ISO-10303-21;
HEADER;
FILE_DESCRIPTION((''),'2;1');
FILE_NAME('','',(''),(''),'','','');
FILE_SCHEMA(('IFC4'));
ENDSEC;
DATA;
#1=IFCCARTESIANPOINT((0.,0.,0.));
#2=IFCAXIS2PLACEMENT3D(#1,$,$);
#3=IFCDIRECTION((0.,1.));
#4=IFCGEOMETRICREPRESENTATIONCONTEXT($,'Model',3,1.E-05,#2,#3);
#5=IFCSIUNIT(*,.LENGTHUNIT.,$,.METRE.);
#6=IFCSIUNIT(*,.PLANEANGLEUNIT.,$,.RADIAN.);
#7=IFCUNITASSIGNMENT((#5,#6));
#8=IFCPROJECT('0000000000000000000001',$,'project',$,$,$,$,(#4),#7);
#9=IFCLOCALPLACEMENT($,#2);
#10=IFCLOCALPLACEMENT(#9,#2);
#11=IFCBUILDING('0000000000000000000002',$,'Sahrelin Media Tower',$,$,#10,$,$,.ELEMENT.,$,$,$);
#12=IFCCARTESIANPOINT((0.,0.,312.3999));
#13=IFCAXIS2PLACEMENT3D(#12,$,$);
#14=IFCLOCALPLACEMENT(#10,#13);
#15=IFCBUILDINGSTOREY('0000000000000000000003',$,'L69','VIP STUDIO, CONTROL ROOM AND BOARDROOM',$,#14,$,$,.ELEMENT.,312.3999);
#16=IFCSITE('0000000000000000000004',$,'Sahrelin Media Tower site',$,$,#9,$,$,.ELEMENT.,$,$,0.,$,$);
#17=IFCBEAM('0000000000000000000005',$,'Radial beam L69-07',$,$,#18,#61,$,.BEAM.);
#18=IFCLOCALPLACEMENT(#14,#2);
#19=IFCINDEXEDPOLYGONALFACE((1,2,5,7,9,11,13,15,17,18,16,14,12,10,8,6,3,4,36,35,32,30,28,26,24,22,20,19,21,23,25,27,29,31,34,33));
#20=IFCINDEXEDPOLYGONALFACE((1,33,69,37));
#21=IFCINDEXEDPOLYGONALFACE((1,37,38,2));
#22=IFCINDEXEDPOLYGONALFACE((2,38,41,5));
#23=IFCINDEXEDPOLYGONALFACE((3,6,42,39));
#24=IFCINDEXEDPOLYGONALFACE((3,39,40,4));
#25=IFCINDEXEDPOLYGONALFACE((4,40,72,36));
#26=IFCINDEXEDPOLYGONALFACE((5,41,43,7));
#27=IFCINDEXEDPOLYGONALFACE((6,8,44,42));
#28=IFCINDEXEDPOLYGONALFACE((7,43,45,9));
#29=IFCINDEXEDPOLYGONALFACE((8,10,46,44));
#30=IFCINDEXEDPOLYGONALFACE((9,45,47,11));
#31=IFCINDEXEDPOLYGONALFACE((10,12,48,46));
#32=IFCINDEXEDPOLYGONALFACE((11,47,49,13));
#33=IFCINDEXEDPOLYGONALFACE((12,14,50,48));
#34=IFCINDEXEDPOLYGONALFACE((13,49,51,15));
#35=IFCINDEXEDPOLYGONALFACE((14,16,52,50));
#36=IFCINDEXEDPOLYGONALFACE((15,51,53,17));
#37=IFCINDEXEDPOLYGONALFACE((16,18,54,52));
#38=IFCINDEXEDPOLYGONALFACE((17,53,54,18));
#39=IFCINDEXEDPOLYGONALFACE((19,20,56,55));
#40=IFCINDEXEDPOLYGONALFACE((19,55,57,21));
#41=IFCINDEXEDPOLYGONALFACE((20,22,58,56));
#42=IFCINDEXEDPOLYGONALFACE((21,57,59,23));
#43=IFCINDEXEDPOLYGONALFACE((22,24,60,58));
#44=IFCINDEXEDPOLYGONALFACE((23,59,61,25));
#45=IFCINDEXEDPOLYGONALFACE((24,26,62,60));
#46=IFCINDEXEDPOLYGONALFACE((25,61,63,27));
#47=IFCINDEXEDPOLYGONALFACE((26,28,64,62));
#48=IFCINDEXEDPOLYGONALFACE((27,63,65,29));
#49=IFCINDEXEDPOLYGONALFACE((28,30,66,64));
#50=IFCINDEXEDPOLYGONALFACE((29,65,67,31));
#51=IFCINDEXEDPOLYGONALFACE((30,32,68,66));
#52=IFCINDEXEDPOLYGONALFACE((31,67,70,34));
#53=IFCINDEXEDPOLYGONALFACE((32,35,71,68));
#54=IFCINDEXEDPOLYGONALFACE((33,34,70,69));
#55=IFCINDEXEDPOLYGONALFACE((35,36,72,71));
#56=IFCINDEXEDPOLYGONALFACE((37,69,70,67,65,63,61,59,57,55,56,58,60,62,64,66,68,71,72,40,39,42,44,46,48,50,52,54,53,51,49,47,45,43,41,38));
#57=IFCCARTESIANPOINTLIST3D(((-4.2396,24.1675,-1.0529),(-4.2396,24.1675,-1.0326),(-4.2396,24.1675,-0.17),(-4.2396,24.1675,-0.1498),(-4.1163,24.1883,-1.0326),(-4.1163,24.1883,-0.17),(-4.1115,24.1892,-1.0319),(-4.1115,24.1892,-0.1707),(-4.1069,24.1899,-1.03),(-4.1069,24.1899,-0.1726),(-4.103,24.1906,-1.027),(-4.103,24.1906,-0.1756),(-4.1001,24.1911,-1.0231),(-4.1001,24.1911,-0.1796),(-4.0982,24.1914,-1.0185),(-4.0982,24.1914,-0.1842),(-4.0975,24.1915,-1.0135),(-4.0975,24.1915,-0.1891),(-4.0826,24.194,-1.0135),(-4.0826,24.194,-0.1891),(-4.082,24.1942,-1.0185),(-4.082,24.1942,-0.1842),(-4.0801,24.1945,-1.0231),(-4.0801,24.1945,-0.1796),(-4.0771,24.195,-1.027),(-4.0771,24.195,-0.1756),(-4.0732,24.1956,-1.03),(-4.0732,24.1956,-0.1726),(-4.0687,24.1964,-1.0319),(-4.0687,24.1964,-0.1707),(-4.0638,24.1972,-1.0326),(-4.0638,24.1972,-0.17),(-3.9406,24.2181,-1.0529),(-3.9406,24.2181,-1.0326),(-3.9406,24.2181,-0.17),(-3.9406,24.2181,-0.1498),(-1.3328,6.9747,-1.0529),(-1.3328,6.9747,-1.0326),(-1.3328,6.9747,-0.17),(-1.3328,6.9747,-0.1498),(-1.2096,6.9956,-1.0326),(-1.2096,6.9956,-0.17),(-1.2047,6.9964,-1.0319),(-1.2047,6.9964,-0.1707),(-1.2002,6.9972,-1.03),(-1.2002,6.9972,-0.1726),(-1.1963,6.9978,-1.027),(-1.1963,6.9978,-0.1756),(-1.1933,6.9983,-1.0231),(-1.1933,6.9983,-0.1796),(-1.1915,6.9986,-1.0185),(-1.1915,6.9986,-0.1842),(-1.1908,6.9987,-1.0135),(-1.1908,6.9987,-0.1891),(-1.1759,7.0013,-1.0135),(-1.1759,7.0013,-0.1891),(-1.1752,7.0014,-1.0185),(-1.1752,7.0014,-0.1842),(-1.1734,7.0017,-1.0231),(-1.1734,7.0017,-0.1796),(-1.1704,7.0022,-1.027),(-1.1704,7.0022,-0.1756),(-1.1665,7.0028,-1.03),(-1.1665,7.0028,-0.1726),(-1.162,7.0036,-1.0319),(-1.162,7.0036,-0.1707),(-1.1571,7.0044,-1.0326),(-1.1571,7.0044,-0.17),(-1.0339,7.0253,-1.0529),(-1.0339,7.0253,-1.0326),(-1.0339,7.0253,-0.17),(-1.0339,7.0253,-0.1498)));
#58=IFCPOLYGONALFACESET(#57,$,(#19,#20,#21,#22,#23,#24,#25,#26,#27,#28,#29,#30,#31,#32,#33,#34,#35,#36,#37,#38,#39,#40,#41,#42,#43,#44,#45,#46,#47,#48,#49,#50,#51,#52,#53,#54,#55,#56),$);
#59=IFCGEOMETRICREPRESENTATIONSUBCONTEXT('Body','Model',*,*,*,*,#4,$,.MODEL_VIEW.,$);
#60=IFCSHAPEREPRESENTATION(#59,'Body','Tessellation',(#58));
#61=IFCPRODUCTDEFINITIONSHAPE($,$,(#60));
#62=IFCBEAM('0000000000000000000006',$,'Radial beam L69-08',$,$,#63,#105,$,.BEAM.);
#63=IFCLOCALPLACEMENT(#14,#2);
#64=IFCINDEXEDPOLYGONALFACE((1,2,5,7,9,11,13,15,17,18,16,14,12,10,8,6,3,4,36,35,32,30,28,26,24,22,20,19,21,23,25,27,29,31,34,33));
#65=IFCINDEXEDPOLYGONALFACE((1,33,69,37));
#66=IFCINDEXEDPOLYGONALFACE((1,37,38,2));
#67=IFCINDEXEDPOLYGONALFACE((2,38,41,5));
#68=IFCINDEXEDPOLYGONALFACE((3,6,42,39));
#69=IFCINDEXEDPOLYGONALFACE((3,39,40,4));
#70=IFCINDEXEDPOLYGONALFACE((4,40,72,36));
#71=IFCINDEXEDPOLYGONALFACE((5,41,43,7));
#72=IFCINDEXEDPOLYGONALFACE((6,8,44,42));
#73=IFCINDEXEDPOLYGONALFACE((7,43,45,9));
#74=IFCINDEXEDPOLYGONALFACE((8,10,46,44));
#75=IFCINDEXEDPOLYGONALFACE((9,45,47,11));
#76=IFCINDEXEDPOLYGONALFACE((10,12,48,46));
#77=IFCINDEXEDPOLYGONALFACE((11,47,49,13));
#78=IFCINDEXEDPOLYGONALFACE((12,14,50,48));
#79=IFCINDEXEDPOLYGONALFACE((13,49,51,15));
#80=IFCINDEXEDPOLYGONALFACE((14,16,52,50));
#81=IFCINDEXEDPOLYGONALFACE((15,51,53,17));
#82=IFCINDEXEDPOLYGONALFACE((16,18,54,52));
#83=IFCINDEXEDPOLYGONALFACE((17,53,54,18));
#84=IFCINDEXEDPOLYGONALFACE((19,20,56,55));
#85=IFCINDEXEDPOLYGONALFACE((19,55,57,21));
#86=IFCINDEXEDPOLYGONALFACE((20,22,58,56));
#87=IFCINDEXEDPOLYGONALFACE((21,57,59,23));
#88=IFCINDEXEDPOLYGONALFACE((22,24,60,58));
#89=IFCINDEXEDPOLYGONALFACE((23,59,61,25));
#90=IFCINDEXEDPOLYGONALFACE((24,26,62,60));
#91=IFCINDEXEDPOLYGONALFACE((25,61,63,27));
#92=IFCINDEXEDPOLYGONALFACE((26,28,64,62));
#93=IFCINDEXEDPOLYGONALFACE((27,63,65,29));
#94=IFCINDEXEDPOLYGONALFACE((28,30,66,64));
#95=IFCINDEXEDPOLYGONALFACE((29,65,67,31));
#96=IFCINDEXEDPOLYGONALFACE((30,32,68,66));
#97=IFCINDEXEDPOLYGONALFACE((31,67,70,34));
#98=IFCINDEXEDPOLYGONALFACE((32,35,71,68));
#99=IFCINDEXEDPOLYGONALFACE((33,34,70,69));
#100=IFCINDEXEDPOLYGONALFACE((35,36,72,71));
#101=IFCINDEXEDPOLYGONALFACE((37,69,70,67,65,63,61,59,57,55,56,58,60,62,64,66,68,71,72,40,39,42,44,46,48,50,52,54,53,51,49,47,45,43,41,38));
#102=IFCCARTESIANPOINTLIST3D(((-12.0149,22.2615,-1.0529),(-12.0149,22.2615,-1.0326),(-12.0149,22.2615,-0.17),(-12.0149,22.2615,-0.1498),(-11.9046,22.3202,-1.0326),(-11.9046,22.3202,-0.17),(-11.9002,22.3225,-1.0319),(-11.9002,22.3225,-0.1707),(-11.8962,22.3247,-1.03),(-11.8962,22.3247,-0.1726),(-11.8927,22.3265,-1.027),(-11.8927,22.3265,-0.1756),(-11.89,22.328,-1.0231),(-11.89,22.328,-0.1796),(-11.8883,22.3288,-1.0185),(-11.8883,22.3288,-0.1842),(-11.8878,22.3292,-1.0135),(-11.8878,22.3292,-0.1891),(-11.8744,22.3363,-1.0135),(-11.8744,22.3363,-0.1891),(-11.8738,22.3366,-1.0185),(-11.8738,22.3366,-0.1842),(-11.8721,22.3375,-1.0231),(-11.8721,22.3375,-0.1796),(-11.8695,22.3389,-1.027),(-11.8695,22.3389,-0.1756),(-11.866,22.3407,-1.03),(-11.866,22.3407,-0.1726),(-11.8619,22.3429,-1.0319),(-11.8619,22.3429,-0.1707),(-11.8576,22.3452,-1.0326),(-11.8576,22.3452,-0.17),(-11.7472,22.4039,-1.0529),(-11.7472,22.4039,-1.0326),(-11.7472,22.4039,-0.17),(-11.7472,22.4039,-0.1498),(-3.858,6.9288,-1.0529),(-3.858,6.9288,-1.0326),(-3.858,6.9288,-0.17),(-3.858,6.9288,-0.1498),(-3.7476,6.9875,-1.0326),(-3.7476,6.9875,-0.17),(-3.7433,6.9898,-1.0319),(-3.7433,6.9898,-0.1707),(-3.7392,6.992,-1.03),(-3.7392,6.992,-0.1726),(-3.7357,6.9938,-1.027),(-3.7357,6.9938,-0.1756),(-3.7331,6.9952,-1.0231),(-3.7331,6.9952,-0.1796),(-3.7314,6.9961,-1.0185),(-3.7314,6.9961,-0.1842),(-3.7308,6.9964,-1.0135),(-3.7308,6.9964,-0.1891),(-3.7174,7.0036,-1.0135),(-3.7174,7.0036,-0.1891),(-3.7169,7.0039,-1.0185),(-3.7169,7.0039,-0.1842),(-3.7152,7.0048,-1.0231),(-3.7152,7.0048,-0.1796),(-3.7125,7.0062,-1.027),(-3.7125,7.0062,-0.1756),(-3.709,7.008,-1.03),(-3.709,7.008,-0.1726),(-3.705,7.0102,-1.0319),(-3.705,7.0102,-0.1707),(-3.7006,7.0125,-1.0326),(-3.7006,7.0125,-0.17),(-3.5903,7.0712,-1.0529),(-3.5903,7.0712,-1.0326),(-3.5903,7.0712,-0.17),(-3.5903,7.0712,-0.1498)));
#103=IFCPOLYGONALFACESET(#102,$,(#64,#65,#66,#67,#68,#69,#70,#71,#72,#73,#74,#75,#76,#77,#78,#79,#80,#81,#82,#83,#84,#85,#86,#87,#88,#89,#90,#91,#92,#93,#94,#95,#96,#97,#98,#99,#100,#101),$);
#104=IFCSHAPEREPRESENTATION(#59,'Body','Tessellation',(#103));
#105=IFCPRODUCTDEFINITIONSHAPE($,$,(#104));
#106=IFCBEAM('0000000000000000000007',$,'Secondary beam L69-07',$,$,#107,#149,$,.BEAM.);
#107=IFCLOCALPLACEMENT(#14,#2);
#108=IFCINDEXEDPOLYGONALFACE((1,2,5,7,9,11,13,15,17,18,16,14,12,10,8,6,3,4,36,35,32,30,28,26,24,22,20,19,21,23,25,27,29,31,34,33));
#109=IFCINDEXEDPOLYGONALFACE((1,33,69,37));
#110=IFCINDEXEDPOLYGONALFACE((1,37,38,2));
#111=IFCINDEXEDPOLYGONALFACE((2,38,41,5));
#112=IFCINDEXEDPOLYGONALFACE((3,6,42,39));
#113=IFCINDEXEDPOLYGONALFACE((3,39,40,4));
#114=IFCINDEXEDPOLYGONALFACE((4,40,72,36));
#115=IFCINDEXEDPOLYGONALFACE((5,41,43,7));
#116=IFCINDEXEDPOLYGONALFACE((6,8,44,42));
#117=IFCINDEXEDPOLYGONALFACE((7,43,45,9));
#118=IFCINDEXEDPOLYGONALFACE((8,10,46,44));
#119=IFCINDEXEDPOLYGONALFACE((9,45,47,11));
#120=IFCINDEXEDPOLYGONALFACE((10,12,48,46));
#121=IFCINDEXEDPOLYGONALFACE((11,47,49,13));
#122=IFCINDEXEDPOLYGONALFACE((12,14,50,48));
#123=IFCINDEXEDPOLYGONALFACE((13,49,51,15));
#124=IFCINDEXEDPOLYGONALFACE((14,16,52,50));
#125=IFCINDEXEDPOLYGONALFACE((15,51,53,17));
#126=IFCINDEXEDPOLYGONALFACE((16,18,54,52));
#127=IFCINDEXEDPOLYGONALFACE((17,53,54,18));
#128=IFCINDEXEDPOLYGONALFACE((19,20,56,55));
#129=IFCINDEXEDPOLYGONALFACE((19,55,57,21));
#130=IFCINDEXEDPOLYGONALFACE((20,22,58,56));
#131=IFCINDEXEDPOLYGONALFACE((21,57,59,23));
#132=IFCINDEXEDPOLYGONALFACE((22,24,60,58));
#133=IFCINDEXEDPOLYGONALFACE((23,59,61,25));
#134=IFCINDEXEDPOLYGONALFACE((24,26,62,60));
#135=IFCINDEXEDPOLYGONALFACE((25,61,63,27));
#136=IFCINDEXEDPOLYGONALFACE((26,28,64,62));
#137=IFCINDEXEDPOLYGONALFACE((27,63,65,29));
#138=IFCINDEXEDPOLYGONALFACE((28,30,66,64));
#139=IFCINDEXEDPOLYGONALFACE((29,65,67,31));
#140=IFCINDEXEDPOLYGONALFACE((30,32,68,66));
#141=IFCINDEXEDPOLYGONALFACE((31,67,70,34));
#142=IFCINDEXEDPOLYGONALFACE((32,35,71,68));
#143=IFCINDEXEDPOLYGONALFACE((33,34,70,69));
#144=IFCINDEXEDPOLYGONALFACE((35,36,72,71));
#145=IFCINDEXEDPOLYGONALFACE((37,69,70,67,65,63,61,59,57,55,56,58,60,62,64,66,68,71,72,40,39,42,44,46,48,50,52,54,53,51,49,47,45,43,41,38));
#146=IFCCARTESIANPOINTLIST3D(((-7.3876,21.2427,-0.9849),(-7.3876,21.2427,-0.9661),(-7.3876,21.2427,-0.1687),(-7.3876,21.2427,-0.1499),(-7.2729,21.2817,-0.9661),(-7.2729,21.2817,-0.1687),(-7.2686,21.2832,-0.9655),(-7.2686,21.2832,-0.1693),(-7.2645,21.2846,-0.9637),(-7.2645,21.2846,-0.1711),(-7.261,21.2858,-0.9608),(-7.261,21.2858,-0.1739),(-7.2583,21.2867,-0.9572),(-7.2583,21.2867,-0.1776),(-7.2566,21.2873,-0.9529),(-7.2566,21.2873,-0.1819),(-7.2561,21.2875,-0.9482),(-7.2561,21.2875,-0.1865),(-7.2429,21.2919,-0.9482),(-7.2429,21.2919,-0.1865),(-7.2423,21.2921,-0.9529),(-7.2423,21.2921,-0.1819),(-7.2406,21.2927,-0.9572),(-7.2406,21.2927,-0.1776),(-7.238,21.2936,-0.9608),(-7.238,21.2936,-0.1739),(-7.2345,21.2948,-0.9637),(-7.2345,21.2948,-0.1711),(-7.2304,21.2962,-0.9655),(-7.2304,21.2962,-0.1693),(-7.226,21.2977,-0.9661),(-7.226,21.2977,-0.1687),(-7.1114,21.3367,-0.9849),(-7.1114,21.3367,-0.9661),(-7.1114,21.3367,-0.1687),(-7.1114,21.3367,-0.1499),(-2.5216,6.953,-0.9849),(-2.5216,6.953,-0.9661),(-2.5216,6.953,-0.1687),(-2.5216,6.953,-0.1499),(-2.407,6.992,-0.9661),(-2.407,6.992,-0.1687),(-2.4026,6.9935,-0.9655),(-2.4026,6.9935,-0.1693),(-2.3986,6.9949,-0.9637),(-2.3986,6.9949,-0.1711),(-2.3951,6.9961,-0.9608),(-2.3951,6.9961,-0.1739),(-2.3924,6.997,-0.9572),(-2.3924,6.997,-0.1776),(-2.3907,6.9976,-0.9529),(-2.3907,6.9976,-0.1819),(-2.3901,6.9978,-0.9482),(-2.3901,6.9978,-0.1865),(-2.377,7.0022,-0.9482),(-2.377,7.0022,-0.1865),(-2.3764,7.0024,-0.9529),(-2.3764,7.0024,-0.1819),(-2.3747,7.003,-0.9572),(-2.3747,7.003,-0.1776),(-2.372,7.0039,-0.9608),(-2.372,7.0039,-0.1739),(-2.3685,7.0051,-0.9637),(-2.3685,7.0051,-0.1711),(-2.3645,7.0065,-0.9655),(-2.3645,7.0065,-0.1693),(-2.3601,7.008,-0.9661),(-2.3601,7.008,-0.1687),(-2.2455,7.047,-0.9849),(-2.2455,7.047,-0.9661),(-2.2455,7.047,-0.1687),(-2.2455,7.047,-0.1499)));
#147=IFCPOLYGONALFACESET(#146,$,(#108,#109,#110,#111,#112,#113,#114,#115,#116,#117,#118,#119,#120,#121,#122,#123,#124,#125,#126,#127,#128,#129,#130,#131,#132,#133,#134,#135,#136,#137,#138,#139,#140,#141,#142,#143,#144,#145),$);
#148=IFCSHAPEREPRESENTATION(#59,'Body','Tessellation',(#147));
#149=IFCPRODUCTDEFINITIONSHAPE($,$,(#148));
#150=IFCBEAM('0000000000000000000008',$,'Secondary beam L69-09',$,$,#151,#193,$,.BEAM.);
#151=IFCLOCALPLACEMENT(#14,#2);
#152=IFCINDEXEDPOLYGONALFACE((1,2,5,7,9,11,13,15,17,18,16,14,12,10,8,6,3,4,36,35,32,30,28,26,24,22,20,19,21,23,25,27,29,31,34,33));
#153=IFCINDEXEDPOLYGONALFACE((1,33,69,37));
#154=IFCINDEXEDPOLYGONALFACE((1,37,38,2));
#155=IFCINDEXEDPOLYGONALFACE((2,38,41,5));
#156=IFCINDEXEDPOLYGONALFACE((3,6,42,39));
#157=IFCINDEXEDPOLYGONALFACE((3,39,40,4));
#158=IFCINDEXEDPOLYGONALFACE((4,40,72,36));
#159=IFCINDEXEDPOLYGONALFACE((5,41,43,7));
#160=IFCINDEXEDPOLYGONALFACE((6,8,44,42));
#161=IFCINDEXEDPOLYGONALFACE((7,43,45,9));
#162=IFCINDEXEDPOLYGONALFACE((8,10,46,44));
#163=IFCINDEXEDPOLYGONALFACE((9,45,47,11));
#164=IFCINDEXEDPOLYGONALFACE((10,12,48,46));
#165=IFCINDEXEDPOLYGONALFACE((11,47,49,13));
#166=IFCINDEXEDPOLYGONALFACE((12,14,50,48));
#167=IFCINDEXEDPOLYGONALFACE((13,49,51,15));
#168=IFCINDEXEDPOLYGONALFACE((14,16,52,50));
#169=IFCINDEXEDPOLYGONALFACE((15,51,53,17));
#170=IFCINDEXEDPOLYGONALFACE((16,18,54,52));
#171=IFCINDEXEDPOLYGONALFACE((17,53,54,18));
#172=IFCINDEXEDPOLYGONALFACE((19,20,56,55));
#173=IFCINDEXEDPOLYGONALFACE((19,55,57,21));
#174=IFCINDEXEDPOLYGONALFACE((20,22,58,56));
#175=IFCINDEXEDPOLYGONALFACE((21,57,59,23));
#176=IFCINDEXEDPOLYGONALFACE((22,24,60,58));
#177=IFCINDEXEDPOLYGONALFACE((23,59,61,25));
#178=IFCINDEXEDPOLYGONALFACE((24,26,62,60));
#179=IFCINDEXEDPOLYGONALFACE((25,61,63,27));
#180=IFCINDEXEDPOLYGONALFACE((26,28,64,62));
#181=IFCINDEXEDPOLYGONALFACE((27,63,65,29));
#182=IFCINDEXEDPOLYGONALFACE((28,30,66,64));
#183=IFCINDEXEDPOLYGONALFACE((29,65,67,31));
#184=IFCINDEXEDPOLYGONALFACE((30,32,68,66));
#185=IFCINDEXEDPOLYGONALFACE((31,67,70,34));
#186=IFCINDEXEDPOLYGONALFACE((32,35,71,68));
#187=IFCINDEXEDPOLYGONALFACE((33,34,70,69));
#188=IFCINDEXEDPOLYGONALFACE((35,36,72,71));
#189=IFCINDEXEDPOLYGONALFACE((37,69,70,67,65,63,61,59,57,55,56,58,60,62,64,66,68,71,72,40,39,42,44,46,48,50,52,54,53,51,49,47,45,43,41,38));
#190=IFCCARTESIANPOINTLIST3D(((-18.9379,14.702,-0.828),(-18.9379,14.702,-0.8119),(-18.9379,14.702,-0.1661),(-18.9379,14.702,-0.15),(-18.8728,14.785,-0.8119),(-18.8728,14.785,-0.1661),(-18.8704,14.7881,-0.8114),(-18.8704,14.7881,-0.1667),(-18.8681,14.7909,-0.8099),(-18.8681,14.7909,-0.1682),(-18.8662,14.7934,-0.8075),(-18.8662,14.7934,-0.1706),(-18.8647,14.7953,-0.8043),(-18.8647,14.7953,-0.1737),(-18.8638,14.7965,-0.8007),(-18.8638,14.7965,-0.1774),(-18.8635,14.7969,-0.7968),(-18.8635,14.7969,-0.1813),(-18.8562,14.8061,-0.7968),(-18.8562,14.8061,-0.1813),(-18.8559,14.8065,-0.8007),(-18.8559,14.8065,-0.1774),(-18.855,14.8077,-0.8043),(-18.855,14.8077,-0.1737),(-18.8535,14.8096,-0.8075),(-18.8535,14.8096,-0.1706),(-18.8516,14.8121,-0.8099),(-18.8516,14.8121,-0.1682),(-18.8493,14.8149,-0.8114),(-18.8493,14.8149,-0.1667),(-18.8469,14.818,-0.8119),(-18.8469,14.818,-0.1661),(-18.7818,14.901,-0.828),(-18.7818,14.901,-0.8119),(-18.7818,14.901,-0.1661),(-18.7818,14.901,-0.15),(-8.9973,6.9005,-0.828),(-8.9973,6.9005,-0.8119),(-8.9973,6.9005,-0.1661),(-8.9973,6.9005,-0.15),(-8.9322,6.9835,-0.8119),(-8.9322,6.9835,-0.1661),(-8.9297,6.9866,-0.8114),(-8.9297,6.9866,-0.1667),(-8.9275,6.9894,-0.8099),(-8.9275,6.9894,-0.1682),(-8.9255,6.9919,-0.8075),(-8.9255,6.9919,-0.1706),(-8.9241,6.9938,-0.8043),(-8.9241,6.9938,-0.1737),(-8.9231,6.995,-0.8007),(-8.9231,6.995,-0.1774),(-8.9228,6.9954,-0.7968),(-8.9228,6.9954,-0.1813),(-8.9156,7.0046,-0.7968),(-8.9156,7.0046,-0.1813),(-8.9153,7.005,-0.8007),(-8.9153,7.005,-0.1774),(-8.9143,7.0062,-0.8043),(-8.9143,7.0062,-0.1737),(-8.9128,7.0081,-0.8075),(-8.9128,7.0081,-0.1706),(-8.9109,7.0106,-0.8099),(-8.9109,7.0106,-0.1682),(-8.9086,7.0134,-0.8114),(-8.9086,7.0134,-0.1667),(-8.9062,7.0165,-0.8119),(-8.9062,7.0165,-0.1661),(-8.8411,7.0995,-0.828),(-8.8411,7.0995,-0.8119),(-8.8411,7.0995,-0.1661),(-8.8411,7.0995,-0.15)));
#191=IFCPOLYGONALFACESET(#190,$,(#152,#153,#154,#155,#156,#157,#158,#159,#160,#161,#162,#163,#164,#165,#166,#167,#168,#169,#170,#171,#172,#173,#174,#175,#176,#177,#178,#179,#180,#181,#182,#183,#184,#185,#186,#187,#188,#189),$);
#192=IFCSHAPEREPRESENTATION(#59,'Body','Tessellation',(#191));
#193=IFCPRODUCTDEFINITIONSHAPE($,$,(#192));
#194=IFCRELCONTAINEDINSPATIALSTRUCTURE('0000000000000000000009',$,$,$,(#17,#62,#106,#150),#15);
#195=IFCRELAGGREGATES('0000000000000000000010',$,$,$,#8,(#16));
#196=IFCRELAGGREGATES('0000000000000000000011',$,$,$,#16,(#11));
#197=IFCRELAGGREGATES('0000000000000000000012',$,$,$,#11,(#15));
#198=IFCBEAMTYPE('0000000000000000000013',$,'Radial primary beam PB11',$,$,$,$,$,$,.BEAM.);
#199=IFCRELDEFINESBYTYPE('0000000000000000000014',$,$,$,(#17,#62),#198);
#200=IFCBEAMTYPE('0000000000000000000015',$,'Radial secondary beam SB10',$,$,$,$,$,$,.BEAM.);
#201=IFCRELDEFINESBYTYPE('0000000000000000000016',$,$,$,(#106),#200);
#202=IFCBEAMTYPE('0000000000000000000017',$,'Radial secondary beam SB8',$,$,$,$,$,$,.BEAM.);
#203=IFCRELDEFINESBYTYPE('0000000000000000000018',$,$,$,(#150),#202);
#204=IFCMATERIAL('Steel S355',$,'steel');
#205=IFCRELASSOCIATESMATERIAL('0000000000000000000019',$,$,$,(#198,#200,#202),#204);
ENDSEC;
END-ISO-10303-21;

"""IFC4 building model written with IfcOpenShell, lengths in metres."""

from ifc_helpers import new_model, si_unit, direction, frame, origin, origin_2d, place, context, subcontext, project, spatial, i_section, extrude, material, material_profile, profile_set, type_object, element, save


model = new_model("IFC4")

# Units and contexts
model_context = context("Model", 3, precision=1e-05, world=origin(), true_north=direction((0.0, 1.0)))
body_context = subcontext(model_context, "Body", "Model", "MODEL_VIEW")
ifc_project = project(units=[si_unit("LENGTHUNIT", "METRE"), si_unit("PLANEANGLEUNIT", "RADIAN")], contexts=[model_context])

# Site, building, storey
site_placement = place(None, origin())
site = spatial("IfcSite", under=ifc_project, at=site_placement, Name="Sahrelin Media Tower site", CompositionType="ELEMENT", RefElevation=0.0)
building_placement = place(site_placement, origin())
building = spatial("IfcBuilding", under=site, at=building_placement, Name="Sahrelin Media Tower", CompositionType="ELEMENT")
storey_placement = place(building_placement, frame((0.0, 0.0, 312.3999)))
storey = spatial("IfcBuildingStorey", under=building, at=storey_placement, Name="L69", Description="VIP STUDIO, CONTROL ROOM AND BOARDROOM", CompositionType="ELEMENT", Elevation=312.3999)

# Shared definitions
ifc_material_1 = material(Name="Steel S355", Category="steel")

# Beams
ifc_material_profile_1 = material_profile(ifc_material_1, i_section(OverallWidth=0.3032, OverallDepth=0.9031, WebThickness=0.0151, FlangeThickness=0.0203, FilletRadius=0.019, at=origin_2d()), Name="UB 914x305x201")
ifc_profile_set_1 = profile_set([ifc_material_profile_1], Name="Steel S355")
beam_type_1 = type_object("IfcBeamType", Name="Radial primary beam PB11", PredefinedType="BEAM", material=ifc_profile_set_1)
beam_1_placement = place(storey_placement, frame((-1.1833, 7.0, -0.6013), z_axis=(-0.166701, 0.986008, 0.0), x_axis=(-0.986008, -0.166701, 0.0)))
element("IfcBeam", 1, at=beam_1_placement, inside=storey, type_object=beam_type_1, Name="Radial beam L69-07", PredefinedType="BEAM", context=body_context, shape_type="SweptSolid", body=[
    extrude(i_section(OverallWidth=0.3032, OverallDepth=0.9031, WebThickness=0.0151, FlangeThickness=0.0203, FilletRadius=0.019, at=origin_2d()), origin(), (0.0, 0.0, 1.0), 17.4368),
])
beam_2_placement = place(storey_placement, frame((-3.7241, 7.0, -0.6013), z_axis=(-0.469669, 0.882842, 0.0), x_axis=(-0.882842, -0.469669, 0.0)))
element("IfcBeam", 2, at=beam_2_placement, inside=storey, type_object=beam_type_1, Name="Radial beam L69-08", PredefinedType="BEAM", context=body_context, shape_type="SweptSolid", body=[
    extrude(i_section(OverallWidth=0.3032, OverallDepth=0.9031, WebThickness=0.0151, FlangeThickness=0.0203, FilletRadius=0.019, at=origin_2d()), origin(), (0.0, 0.0, 1.0), 17.3674),
])
ifc_material_profile_2 = material_profile(ifc_material_1, i_section(OverallWidth=0.2917, OverallDepth=0.835, WebThickness=0.0139, FlangeThickness=0.0188, FilletRadius=0.0178, at=origin_2d()), Name="UB 838x292x176")
ifc_profile_set_2 = profile_set([ifc_material_profile_2], Name="Steel S355")
beam_type_2 = type_object("IfcBeamType", Name="Radial secondary beam SB10", PredefinedType="BEAM", material=ifc_profile_set_2)
beam_3_placement = place(storey_placement, frame((-2.3835, 7.0, -0.5674), z_axis=(-0.322344, 0.946623, 0.0), x_axis=(-0.946623, -0.322344, 0.0)))
element("IfcBeam", 3, at=beam_3_placement, inside=storey, type_object=beam_type_2, Name="Secondary beam L69-07", PredefinedType="BEAM", context=body_context, shape_type="SweptSolid", body=[
    extrude(i_section(OverallWidth=0.2917, OverallDepth=0.835, WebThickness=0.0139, FlangeThickness=0.0188, FilletRadius=0.0178, at=origin_2d()), origin(), (0.0, 0.0, 1.0), 15.0955),
])
ifc_material_profile_3 = material_profile(ifc_material_1, i_section(OverallWidth=0.2529, OverallDepth=0.678, WebThickness=0.0117, FlangeThickness=0.0161, FilletRadius=0.0151, at=origin_2d()), Name="UB 686x254x125")
ifc_profile_set_3 = profile_set([ifc_material_profile_3], Name="Steel S355")
beam_type_3 = type_object("IfcBeamType", Name="Radial secondary beam SB8", PredefinedType="BEAM", material=ifc_profile_set_3)
beam_4_placement = place(storey_placement, frame((-8.9192, 7.0, -0.489), z_axis=(-0.786665, 0.61738, 0.0), x_axis=(-0.61738, -0.786665, 0.0)))
element("IfcBeam", 4, at=beam_4_placement, inside=storey, type_object=beam_type_3, Name="Secondary beam L69-09", PredefinedType="BEAM", context=body_context, shape_type="SweptSolid", body=[
    extrude(i_section(OverallWidth=0.2529, OverallDepth=0.678, WebThickness=0.0117, FlangeThickness=0.0161, FilletRadius=0.0151, at=origin_2d()), origin(), (0.0, 0.0, 1.0), 12.6365),
])

save(model, "model.ifc")
